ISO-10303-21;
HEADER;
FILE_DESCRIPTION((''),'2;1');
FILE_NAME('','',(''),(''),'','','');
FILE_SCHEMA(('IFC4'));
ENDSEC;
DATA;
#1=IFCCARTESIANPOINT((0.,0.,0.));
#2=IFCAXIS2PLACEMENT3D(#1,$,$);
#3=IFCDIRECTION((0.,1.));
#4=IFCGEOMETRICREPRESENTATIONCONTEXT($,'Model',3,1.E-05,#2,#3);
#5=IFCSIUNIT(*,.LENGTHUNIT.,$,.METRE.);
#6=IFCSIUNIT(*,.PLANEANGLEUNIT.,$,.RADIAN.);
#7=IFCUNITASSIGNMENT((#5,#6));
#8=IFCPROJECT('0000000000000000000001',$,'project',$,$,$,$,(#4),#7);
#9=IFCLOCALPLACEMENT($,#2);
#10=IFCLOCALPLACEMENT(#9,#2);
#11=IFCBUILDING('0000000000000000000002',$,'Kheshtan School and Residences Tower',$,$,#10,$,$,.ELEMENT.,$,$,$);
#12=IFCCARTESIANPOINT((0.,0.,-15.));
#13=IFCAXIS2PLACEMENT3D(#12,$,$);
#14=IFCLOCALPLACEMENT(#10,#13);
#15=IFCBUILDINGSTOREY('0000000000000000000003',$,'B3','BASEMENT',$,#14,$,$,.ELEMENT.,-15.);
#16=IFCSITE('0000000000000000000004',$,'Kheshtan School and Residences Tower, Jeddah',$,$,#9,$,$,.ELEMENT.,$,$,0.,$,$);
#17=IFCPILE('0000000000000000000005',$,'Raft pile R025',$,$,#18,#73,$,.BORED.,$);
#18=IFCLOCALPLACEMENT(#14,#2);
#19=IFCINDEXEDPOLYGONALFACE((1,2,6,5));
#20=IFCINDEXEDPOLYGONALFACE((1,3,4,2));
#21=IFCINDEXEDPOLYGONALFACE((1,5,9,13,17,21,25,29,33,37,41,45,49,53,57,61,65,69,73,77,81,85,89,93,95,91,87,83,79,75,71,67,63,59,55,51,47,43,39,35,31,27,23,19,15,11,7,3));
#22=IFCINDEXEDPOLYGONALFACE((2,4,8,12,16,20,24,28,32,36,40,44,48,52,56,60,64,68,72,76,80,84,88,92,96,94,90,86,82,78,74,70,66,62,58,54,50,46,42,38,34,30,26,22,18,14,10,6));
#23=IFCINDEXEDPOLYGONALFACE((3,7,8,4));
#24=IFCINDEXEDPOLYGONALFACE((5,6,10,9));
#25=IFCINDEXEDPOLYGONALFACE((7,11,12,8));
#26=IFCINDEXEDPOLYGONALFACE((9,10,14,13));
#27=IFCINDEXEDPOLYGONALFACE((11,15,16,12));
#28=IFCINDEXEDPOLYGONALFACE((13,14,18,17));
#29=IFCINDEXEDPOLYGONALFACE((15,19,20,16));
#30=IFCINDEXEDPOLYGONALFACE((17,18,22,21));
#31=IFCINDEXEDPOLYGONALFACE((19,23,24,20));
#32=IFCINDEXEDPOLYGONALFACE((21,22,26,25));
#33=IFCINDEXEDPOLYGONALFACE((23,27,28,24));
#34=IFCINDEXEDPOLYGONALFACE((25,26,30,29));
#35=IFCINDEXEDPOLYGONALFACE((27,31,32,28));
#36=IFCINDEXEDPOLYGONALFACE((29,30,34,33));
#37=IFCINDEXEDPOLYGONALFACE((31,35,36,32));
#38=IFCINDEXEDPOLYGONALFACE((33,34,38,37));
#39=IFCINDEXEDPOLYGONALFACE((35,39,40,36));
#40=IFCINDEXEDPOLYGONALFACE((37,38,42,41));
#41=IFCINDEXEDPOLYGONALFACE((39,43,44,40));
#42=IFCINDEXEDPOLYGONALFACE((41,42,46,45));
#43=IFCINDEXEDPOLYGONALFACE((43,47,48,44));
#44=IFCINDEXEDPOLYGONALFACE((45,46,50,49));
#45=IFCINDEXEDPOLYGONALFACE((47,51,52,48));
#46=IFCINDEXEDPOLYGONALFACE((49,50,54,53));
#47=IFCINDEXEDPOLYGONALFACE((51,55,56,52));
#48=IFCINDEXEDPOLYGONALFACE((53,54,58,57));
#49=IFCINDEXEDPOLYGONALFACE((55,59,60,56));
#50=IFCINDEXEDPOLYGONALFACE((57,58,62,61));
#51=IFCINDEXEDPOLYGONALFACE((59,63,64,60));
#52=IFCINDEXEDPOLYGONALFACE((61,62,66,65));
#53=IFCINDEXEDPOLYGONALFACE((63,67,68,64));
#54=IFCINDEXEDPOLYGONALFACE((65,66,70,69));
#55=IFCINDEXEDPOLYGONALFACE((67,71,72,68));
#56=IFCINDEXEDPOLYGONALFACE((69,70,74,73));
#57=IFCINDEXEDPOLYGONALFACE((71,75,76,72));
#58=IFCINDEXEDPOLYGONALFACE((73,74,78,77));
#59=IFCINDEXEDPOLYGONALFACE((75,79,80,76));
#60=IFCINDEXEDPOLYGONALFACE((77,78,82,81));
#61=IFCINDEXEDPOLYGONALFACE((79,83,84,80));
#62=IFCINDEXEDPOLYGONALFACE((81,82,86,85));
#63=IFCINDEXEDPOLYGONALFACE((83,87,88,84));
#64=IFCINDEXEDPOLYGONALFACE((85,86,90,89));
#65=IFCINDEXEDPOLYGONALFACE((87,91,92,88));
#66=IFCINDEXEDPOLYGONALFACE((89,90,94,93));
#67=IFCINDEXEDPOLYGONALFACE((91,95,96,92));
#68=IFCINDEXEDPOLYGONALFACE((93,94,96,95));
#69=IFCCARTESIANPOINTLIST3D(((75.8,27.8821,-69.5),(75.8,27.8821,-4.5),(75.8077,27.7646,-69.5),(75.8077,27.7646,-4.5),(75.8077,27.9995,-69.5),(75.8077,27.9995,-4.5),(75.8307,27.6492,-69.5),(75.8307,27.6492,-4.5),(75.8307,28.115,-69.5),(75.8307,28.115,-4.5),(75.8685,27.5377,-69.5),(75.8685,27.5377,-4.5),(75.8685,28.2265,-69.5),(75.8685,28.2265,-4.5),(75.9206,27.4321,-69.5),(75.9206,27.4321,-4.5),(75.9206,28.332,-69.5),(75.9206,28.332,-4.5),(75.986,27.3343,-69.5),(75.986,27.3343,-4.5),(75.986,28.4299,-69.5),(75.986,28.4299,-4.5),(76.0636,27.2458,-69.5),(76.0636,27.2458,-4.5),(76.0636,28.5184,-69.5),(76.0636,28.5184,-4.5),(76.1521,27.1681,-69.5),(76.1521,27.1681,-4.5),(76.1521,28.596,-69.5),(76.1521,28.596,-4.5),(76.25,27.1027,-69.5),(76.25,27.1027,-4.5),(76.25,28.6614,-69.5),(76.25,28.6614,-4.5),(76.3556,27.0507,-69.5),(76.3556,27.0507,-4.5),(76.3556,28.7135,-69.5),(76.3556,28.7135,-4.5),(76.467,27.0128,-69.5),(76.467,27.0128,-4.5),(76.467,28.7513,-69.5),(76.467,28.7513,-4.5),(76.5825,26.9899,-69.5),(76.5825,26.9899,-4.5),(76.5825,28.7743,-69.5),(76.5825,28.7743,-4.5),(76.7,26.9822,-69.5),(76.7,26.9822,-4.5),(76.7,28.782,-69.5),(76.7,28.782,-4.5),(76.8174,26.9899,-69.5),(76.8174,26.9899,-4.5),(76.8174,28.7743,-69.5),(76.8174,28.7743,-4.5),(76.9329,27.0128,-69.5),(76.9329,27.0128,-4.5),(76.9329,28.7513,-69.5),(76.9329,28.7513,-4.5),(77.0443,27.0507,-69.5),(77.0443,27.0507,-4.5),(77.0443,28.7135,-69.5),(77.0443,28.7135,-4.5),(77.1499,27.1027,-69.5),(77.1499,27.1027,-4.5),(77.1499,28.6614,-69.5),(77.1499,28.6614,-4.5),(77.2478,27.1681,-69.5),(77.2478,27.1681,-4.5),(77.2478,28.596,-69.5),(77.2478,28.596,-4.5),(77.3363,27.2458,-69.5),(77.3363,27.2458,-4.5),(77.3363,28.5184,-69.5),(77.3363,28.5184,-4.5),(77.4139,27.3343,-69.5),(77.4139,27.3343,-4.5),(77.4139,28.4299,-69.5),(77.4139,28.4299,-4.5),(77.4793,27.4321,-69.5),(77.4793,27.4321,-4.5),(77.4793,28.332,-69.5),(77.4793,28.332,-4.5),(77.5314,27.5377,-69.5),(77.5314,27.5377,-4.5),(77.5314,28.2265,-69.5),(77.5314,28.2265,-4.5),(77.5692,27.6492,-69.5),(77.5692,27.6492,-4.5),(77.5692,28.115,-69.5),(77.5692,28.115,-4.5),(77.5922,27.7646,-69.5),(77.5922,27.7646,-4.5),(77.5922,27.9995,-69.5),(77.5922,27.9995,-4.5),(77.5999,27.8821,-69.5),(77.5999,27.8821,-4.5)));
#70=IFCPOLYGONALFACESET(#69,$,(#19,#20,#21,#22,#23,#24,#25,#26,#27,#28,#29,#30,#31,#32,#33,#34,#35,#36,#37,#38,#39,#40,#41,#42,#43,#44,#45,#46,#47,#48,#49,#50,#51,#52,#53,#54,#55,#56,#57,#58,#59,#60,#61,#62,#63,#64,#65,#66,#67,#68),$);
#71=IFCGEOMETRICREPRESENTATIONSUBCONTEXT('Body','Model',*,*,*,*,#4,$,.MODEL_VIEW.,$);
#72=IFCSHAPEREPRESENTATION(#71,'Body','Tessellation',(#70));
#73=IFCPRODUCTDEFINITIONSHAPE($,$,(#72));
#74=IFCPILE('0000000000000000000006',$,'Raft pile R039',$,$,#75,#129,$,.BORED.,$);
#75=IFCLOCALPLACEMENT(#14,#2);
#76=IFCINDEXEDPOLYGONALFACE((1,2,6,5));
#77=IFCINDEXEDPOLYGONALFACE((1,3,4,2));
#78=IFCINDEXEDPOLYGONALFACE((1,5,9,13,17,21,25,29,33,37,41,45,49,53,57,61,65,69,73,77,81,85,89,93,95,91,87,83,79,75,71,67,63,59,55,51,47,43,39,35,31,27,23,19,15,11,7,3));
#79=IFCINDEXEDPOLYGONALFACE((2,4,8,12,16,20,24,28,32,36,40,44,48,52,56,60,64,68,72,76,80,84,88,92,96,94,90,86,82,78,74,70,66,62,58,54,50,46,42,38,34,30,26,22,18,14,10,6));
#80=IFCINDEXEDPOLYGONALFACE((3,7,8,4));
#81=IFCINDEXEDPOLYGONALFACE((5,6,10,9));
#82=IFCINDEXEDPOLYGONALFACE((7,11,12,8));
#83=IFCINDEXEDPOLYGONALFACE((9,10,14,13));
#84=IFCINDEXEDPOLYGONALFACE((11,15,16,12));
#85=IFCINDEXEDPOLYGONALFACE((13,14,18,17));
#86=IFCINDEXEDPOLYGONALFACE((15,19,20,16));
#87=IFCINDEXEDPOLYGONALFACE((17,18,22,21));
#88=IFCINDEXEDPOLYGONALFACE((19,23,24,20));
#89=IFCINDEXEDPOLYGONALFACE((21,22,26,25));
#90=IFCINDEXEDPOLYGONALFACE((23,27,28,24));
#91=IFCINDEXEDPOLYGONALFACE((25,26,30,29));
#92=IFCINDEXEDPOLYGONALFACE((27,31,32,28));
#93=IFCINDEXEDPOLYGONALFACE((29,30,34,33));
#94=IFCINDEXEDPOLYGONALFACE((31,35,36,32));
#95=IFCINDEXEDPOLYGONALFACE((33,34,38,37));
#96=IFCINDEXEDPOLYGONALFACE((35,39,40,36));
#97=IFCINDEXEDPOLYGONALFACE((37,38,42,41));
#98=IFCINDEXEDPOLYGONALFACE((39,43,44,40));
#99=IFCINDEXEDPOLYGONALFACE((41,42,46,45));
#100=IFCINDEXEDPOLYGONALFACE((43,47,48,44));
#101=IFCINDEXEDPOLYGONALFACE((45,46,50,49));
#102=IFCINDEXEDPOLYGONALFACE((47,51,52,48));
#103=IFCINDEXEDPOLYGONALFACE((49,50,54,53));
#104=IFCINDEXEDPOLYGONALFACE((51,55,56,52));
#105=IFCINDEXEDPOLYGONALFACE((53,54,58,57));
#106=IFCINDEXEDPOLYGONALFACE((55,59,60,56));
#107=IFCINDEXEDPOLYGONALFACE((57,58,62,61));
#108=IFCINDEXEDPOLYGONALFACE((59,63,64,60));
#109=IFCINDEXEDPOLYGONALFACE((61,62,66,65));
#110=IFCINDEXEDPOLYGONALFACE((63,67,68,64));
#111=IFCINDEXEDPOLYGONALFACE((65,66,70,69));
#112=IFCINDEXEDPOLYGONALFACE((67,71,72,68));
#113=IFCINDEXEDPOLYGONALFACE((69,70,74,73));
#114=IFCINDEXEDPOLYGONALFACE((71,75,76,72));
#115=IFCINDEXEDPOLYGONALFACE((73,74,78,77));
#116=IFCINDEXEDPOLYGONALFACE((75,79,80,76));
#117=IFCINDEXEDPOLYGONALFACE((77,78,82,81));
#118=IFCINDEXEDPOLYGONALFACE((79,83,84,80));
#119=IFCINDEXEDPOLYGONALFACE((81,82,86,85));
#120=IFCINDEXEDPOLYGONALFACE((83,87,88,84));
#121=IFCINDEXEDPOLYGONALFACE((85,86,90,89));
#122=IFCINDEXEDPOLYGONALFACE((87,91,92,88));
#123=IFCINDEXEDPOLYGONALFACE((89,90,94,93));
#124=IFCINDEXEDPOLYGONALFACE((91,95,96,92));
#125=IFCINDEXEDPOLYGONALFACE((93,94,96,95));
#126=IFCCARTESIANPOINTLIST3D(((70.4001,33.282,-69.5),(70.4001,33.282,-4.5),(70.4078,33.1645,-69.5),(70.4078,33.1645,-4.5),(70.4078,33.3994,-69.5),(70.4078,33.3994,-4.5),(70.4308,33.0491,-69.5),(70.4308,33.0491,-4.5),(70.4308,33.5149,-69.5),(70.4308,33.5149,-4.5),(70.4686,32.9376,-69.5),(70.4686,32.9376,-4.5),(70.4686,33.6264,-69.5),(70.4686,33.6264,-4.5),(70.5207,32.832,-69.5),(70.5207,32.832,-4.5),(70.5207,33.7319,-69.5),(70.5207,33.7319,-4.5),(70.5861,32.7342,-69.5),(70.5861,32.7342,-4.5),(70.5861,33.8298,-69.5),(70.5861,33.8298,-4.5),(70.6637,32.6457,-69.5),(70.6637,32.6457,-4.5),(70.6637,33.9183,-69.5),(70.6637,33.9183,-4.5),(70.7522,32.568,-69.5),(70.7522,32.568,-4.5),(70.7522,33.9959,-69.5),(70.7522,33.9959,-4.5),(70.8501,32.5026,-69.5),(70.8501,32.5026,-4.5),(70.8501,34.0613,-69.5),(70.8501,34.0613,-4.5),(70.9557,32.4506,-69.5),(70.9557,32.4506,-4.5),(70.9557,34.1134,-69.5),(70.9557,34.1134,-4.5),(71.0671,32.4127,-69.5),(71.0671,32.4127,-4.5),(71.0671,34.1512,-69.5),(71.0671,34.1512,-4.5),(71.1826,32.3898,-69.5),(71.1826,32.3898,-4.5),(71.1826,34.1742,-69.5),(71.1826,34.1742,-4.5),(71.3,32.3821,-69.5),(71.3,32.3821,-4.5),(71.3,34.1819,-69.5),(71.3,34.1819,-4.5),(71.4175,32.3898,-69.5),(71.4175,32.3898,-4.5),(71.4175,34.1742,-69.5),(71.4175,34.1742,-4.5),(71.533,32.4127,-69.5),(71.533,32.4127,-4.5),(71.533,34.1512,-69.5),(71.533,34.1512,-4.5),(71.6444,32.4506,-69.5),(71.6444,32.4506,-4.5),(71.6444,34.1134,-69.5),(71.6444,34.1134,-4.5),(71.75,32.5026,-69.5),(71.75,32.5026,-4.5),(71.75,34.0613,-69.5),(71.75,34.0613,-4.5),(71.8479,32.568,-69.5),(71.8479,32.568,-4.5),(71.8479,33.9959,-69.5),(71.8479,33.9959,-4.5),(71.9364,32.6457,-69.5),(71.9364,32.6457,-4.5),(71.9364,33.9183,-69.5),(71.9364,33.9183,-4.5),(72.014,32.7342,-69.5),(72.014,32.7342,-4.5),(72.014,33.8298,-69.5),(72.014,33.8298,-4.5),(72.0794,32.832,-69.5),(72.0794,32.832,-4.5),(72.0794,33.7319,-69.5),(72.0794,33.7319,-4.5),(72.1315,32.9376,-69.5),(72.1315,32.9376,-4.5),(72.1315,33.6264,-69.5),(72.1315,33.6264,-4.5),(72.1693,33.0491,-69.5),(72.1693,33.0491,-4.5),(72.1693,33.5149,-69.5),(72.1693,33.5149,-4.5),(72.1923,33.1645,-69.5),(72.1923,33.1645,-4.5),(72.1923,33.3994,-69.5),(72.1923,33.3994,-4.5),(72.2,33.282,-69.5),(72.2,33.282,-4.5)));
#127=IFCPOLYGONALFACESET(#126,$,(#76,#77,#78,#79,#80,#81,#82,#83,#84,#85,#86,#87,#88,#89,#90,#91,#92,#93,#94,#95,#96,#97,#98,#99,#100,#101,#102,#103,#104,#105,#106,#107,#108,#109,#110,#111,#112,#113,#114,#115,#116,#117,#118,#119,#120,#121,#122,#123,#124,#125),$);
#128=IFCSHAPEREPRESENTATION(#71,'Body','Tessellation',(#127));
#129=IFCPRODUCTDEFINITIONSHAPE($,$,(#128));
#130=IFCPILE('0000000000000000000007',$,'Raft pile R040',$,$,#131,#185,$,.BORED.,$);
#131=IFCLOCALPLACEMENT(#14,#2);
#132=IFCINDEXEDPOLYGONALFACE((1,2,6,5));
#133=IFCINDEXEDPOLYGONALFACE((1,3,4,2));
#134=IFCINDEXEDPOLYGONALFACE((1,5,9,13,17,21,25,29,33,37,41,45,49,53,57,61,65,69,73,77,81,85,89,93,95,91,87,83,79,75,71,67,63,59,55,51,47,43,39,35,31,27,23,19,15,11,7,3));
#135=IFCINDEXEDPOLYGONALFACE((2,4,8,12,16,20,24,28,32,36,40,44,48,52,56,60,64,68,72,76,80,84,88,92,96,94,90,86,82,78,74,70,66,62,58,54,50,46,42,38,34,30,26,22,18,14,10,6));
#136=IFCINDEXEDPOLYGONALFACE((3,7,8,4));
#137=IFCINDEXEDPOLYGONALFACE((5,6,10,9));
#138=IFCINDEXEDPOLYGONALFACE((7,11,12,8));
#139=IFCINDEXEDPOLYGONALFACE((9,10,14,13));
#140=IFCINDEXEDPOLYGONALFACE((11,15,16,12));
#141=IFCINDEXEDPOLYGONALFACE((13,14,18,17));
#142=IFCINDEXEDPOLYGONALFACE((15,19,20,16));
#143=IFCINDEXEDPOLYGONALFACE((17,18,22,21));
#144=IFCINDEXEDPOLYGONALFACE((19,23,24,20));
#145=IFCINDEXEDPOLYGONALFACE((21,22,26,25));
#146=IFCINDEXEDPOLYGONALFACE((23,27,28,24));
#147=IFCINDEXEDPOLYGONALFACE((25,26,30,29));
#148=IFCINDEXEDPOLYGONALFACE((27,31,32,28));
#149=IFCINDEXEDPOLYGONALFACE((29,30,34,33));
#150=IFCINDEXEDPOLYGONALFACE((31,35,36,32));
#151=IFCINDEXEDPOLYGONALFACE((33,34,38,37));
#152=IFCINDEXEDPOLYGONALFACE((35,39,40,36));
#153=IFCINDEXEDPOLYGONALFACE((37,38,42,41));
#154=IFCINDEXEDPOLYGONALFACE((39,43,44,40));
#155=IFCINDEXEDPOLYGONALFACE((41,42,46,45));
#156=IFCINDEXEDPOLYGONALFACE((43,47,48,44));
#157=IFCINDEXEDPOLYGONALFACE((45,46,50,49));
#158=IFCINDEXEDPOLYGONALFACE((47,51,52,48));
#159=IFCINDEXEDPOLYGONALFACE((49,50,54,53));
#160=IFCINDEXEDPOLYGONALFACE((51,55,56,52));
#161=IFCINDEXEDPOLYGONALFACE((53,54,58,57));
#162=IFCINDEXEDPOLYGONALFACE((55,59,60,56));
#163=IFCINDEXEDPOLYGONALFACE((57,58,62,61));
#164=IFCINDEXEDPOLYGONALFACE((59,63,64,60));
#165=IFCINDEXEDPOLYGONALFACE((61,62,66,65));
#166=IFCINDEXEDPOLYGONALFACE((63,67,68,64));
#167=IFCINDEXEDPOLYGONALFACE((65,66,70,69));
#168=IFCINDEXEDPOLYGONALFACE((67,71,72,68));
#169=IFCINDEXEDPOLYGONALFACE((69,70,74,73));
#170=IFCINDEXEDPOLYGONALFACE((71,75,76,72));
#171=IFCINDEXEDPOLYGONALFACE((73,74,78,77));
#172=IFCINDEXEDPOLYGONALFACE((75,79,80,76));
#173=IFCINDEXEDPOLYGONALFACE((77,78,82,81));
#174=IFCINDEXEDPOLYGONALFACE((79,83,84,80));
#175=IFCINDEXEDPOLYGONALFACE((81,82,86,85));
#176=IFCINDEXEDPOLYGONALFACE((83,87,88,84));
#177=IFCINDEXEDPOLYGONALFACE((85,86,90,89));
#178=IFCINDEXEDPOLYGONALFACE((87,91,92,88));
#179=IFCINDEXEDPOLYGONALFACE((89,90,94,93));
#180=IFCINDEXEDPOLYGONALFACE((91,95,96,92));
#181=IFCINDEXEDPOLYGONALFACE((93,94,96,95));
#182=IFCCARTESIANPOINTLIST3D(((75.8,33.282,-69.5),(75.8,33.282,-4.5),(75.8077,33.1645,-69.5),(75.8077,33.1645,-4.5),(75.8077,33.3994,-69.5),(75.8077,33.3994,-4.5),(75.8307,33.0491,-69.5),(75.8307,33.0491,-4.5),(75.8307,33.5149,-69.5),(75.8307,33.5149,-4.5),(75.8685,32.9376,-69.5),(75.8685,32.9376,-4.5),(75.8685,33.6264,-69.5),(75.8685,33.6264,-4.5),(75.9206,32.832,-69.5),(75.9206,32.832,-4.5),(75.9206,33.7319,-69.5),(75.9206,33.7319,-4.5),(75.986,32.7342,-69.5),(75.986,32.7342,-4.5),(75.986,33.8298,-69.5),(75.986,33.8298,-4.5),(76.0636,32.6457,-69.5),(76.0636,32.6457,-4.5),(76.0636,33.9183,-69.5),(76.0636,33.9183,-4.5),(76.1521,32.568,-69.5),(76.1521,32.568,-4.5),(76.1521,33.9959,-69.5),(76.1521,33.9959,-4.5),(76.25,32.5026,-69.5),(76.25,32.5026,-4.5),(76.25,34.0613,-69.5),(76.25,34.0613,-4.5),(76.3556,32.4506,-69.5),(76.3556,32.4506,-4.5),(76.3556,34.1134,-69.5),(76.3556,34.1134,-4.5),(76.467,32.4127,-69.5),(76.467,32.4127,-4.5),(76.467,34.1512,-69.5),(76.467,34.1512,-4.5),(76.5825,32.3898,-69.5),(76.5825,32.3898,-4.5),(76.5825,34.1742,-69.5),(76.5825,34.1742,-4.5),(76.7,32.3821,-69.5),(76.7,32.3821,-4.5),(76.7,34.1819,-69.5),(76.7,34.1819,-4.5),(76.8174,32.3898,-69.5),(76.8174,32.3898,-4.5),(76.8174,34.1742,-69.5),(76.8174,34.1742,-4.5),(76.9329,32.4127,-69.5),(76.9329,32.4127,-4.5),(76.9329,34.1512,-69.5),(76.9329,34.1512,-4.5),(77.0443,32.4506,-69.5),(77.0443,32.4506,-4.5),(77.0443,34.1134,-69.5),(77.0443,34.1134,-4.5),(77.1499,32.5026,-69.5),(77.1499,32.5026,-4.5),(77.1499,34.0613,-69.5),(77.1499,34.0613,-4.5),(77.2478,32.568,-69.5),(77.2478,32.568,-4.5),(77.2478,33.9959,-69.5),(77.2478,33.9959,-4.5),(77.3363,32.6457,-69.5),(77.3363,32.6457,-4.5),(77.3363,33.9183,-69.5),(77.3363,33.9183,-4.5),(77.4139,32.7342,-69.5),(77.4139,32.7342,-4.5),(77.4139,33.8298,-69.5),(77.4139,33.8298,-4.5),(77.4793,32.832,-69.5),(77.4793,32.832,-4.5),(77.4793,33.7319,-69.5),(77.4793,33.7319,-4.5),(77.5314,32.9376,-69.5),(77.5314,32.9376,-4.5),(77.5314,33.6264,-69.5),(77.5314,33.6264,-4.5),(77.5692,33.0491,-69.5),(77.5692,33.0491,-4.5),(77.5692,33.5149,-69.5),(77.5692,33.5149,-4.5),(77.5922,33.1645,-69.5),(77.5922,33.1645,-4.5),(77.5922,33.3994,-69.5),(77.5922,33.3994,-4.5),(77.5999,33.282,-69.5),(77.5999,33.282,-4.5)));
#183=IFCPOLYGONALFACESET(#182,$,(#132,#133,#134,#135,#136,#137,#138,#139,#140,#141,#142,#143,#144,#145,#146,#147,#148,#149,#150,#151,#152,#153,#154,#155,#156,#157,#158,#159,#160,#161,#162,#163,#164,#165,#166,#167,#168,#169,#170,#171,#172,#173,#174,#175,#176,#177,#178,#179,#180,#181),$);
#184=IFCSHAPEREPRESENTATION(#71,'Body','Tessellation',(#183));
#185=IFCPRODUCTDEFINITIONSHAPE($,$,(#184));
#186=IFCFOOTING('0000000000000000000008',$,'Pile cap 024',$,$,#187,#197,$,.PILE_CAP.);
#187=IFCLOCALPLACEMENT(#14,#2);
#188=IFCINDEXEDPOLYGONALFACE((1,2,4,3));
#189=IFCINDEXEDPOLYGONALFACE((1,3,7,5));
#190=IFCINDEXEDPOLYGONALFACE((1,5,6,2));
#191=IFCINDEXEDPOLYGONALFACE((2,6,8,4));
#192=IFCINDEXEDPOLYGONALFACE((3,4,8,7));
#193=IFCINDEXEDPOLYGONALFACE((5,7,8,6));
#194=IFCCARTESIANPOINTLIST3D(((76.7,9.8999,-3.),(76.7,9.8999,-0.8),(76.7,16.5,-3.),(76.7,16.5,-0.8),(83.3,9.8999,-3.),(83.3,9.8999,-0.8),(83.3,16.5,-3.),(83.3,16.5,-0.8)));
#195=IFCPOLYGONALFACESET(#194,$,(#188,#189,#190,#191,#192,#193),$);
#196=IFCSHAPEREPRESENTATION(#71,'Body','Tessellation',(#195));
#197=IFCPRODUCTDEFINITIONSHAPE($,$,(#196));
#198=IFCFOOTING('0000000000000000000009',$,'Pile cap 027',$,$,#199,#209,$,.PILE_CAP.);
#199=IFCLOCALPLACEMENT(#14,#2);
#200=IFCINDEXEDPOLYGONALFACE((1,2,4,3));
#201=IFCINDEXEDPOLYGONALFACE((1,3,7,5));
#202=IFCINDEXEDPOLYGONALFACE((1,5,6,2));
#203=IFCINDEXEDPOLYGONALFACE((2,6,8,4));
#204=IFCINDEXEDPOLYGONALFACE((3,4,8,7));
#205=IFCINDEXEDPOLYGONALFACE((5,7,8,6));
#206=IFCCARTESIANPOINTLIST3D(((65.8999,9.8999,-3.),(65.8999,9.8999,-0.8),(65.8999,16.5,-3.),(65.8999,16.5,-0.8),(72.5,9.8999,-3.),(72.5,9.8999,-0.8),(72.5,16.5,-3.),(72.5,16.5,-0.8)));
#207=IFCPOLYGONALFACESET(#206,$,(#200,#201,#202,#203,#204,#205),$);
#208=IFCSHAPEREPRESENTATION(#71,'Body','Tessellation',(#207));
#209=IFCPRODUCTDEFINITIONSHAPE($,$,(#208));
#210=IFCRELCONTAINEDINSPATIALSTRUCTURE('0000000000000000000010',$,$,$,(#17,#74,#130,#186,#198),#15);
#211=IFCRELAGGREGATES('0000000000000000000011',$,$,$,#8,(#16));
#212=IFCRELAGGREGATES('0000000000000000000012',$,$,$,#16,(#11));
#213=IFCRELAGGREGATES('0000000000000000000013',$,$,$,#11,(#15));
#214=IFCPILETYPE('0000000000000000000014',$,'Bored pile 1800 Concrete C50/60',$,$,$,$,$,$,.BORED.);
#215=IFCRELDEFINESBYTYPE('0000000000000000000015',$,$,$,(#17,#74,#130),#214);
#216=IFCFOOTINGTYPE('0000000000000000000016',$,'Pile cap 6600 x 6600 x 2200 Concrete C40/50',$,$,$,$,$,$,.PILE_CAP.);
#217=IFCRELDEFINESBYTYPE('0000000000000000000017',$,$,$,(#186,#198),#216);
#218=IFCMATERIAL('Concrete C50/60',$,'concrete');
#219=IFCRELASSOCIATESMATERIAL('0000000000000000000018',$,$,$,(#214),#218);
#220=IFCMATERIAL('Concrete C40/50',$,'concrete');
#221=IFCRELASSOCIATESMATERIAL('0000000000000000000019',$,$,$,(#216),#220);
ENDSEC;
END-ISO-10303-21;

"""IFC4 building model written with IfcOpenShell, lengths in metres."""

from ifc_helpers import new_model, si_unit, direction, frame, origin, origin_2d, place, context, subcontext, project, spatial, rectangle, circle, extrude, material, material_profile, profile_set, type_object, element, save


model = new_model("IFC4")

# Units and contexts
model_context = context("Model", 3, precision=1e-05, world=origin(), true_north=direction((0.0, 1.0)))
body_context = subcontext(model_context, "Body", "Model", "MODEL_VIEW")
ifc_project = project(units=[si_unit("LENGTHUNIT", "METRE"), si_unit("PLANEANGLEUNIT", "RADIAN")], contexts=[model_context])

# Site, building, storey
site_placement = place(None, origin())
site = spatial("IfcSite", under=ifc_project, at=site_placement, Name="Kheshtan School and Residences Tower, Jeddah", CompositionType="ELEMENT", RefElevation=0.0)
building_placement = place(site_placement, origin())
building = spatial("IfcBuilding", under=site, at=building_placement, Name="Kheshtan School and Residences Tower", CompositionType="ELEMENT")
storey_placement = place(building_placement, frame((0.0, 0.0, -15.0)))
storey = spatial("IfcBuildingStorey", under=building, at=storey_placement, Name="B3", Description="BASEMENT", CompositionType="ELEMENT", Elevation=-15.0)

# Piles
ifc_material_1 = material(Name="Concrete C50/60", Category="concrete")
ifc_material_profile_1 = material_profile(ifc_material_1, circle(Radius=0.8999, at=origin_2d()), Name="BP 1800")
ifc_profile_set_1 = profile_set([ifc_material_profile_1], Name="Concrete C50/60")
pile_type_1 = type_object("IfcPileType", Name="Bored pile 1800 Concrete C50/60", PredefinedType="BORED", material=ifc_profile_set_1)
for number, where, z_axis, x_axis, name in (
    (1, (76.7, 27.8821, -4.5), (0.0, 0.0, -1.0), (1.0, 0.0, 0.0), "Raft pile R025"),
    (2, (71.3, 33.282, -4.5), (0.0, 0.0, -1.0), (1.0, 0.0, 0.0), "Raft pile R039"),
    (3, (76.7, 33.282, -4.5), (0.0, 0.0, -1.0), (1.0, 0.0, 0.0), "Raft pile R040"),
):
    element("IfcPile", number, at=place(storey_placement, frame(where, z_axis=z_axis, x_axis=x_axis)), inside=storey, type_object=pile_type_1, Name=name, PredefinedType="BORED", context=body_context, shape_type="SweptSolid", body=[
        extrude(circle(Radius=0.8999, at=origin_2d()), origin(), (0.0, 0.0, 1.0), 65.0),
    ])

# Footings
ifc_material_2 = material(Name="Concrete C40/50", Category="concrete")
footing_type = type_object("IfcFootingType", Name="Pile cap 6600 x 6600 x 2200 Concrete C40/50", PredefinedType="PILE_CAP", material=ifc_material_2)
for number, where, z_axis, x_axis, name in (
    (4, (80.0, 13.2, -3.0), (0.0, 0.0, 1.0), (1.0, 0.0, 0.0), "Pile cap 024"),
    (5, (69.2, 13.2, -3.0), (0.0, 0.0, 1.0), (1.0, 0.0, 0.0), "Pile cap 027"),
):
    element("IfcFooting", number, at=place(storey_placement, frame(where, z_axis=z_axis, x_axis=x_axis)), inside=storey, type_object=footing_type, Name=name, PredefinedType="PILE_CAP", context=body_context, shape_type="SweptSolid", body=[
        extrude(rectangle(XDim=6.6001, YDim=6.6001, at=origin_2d()), origin(), (0.0, 0.0, 1.0), 2.2),
    ])

save(model, "model.ifc")
